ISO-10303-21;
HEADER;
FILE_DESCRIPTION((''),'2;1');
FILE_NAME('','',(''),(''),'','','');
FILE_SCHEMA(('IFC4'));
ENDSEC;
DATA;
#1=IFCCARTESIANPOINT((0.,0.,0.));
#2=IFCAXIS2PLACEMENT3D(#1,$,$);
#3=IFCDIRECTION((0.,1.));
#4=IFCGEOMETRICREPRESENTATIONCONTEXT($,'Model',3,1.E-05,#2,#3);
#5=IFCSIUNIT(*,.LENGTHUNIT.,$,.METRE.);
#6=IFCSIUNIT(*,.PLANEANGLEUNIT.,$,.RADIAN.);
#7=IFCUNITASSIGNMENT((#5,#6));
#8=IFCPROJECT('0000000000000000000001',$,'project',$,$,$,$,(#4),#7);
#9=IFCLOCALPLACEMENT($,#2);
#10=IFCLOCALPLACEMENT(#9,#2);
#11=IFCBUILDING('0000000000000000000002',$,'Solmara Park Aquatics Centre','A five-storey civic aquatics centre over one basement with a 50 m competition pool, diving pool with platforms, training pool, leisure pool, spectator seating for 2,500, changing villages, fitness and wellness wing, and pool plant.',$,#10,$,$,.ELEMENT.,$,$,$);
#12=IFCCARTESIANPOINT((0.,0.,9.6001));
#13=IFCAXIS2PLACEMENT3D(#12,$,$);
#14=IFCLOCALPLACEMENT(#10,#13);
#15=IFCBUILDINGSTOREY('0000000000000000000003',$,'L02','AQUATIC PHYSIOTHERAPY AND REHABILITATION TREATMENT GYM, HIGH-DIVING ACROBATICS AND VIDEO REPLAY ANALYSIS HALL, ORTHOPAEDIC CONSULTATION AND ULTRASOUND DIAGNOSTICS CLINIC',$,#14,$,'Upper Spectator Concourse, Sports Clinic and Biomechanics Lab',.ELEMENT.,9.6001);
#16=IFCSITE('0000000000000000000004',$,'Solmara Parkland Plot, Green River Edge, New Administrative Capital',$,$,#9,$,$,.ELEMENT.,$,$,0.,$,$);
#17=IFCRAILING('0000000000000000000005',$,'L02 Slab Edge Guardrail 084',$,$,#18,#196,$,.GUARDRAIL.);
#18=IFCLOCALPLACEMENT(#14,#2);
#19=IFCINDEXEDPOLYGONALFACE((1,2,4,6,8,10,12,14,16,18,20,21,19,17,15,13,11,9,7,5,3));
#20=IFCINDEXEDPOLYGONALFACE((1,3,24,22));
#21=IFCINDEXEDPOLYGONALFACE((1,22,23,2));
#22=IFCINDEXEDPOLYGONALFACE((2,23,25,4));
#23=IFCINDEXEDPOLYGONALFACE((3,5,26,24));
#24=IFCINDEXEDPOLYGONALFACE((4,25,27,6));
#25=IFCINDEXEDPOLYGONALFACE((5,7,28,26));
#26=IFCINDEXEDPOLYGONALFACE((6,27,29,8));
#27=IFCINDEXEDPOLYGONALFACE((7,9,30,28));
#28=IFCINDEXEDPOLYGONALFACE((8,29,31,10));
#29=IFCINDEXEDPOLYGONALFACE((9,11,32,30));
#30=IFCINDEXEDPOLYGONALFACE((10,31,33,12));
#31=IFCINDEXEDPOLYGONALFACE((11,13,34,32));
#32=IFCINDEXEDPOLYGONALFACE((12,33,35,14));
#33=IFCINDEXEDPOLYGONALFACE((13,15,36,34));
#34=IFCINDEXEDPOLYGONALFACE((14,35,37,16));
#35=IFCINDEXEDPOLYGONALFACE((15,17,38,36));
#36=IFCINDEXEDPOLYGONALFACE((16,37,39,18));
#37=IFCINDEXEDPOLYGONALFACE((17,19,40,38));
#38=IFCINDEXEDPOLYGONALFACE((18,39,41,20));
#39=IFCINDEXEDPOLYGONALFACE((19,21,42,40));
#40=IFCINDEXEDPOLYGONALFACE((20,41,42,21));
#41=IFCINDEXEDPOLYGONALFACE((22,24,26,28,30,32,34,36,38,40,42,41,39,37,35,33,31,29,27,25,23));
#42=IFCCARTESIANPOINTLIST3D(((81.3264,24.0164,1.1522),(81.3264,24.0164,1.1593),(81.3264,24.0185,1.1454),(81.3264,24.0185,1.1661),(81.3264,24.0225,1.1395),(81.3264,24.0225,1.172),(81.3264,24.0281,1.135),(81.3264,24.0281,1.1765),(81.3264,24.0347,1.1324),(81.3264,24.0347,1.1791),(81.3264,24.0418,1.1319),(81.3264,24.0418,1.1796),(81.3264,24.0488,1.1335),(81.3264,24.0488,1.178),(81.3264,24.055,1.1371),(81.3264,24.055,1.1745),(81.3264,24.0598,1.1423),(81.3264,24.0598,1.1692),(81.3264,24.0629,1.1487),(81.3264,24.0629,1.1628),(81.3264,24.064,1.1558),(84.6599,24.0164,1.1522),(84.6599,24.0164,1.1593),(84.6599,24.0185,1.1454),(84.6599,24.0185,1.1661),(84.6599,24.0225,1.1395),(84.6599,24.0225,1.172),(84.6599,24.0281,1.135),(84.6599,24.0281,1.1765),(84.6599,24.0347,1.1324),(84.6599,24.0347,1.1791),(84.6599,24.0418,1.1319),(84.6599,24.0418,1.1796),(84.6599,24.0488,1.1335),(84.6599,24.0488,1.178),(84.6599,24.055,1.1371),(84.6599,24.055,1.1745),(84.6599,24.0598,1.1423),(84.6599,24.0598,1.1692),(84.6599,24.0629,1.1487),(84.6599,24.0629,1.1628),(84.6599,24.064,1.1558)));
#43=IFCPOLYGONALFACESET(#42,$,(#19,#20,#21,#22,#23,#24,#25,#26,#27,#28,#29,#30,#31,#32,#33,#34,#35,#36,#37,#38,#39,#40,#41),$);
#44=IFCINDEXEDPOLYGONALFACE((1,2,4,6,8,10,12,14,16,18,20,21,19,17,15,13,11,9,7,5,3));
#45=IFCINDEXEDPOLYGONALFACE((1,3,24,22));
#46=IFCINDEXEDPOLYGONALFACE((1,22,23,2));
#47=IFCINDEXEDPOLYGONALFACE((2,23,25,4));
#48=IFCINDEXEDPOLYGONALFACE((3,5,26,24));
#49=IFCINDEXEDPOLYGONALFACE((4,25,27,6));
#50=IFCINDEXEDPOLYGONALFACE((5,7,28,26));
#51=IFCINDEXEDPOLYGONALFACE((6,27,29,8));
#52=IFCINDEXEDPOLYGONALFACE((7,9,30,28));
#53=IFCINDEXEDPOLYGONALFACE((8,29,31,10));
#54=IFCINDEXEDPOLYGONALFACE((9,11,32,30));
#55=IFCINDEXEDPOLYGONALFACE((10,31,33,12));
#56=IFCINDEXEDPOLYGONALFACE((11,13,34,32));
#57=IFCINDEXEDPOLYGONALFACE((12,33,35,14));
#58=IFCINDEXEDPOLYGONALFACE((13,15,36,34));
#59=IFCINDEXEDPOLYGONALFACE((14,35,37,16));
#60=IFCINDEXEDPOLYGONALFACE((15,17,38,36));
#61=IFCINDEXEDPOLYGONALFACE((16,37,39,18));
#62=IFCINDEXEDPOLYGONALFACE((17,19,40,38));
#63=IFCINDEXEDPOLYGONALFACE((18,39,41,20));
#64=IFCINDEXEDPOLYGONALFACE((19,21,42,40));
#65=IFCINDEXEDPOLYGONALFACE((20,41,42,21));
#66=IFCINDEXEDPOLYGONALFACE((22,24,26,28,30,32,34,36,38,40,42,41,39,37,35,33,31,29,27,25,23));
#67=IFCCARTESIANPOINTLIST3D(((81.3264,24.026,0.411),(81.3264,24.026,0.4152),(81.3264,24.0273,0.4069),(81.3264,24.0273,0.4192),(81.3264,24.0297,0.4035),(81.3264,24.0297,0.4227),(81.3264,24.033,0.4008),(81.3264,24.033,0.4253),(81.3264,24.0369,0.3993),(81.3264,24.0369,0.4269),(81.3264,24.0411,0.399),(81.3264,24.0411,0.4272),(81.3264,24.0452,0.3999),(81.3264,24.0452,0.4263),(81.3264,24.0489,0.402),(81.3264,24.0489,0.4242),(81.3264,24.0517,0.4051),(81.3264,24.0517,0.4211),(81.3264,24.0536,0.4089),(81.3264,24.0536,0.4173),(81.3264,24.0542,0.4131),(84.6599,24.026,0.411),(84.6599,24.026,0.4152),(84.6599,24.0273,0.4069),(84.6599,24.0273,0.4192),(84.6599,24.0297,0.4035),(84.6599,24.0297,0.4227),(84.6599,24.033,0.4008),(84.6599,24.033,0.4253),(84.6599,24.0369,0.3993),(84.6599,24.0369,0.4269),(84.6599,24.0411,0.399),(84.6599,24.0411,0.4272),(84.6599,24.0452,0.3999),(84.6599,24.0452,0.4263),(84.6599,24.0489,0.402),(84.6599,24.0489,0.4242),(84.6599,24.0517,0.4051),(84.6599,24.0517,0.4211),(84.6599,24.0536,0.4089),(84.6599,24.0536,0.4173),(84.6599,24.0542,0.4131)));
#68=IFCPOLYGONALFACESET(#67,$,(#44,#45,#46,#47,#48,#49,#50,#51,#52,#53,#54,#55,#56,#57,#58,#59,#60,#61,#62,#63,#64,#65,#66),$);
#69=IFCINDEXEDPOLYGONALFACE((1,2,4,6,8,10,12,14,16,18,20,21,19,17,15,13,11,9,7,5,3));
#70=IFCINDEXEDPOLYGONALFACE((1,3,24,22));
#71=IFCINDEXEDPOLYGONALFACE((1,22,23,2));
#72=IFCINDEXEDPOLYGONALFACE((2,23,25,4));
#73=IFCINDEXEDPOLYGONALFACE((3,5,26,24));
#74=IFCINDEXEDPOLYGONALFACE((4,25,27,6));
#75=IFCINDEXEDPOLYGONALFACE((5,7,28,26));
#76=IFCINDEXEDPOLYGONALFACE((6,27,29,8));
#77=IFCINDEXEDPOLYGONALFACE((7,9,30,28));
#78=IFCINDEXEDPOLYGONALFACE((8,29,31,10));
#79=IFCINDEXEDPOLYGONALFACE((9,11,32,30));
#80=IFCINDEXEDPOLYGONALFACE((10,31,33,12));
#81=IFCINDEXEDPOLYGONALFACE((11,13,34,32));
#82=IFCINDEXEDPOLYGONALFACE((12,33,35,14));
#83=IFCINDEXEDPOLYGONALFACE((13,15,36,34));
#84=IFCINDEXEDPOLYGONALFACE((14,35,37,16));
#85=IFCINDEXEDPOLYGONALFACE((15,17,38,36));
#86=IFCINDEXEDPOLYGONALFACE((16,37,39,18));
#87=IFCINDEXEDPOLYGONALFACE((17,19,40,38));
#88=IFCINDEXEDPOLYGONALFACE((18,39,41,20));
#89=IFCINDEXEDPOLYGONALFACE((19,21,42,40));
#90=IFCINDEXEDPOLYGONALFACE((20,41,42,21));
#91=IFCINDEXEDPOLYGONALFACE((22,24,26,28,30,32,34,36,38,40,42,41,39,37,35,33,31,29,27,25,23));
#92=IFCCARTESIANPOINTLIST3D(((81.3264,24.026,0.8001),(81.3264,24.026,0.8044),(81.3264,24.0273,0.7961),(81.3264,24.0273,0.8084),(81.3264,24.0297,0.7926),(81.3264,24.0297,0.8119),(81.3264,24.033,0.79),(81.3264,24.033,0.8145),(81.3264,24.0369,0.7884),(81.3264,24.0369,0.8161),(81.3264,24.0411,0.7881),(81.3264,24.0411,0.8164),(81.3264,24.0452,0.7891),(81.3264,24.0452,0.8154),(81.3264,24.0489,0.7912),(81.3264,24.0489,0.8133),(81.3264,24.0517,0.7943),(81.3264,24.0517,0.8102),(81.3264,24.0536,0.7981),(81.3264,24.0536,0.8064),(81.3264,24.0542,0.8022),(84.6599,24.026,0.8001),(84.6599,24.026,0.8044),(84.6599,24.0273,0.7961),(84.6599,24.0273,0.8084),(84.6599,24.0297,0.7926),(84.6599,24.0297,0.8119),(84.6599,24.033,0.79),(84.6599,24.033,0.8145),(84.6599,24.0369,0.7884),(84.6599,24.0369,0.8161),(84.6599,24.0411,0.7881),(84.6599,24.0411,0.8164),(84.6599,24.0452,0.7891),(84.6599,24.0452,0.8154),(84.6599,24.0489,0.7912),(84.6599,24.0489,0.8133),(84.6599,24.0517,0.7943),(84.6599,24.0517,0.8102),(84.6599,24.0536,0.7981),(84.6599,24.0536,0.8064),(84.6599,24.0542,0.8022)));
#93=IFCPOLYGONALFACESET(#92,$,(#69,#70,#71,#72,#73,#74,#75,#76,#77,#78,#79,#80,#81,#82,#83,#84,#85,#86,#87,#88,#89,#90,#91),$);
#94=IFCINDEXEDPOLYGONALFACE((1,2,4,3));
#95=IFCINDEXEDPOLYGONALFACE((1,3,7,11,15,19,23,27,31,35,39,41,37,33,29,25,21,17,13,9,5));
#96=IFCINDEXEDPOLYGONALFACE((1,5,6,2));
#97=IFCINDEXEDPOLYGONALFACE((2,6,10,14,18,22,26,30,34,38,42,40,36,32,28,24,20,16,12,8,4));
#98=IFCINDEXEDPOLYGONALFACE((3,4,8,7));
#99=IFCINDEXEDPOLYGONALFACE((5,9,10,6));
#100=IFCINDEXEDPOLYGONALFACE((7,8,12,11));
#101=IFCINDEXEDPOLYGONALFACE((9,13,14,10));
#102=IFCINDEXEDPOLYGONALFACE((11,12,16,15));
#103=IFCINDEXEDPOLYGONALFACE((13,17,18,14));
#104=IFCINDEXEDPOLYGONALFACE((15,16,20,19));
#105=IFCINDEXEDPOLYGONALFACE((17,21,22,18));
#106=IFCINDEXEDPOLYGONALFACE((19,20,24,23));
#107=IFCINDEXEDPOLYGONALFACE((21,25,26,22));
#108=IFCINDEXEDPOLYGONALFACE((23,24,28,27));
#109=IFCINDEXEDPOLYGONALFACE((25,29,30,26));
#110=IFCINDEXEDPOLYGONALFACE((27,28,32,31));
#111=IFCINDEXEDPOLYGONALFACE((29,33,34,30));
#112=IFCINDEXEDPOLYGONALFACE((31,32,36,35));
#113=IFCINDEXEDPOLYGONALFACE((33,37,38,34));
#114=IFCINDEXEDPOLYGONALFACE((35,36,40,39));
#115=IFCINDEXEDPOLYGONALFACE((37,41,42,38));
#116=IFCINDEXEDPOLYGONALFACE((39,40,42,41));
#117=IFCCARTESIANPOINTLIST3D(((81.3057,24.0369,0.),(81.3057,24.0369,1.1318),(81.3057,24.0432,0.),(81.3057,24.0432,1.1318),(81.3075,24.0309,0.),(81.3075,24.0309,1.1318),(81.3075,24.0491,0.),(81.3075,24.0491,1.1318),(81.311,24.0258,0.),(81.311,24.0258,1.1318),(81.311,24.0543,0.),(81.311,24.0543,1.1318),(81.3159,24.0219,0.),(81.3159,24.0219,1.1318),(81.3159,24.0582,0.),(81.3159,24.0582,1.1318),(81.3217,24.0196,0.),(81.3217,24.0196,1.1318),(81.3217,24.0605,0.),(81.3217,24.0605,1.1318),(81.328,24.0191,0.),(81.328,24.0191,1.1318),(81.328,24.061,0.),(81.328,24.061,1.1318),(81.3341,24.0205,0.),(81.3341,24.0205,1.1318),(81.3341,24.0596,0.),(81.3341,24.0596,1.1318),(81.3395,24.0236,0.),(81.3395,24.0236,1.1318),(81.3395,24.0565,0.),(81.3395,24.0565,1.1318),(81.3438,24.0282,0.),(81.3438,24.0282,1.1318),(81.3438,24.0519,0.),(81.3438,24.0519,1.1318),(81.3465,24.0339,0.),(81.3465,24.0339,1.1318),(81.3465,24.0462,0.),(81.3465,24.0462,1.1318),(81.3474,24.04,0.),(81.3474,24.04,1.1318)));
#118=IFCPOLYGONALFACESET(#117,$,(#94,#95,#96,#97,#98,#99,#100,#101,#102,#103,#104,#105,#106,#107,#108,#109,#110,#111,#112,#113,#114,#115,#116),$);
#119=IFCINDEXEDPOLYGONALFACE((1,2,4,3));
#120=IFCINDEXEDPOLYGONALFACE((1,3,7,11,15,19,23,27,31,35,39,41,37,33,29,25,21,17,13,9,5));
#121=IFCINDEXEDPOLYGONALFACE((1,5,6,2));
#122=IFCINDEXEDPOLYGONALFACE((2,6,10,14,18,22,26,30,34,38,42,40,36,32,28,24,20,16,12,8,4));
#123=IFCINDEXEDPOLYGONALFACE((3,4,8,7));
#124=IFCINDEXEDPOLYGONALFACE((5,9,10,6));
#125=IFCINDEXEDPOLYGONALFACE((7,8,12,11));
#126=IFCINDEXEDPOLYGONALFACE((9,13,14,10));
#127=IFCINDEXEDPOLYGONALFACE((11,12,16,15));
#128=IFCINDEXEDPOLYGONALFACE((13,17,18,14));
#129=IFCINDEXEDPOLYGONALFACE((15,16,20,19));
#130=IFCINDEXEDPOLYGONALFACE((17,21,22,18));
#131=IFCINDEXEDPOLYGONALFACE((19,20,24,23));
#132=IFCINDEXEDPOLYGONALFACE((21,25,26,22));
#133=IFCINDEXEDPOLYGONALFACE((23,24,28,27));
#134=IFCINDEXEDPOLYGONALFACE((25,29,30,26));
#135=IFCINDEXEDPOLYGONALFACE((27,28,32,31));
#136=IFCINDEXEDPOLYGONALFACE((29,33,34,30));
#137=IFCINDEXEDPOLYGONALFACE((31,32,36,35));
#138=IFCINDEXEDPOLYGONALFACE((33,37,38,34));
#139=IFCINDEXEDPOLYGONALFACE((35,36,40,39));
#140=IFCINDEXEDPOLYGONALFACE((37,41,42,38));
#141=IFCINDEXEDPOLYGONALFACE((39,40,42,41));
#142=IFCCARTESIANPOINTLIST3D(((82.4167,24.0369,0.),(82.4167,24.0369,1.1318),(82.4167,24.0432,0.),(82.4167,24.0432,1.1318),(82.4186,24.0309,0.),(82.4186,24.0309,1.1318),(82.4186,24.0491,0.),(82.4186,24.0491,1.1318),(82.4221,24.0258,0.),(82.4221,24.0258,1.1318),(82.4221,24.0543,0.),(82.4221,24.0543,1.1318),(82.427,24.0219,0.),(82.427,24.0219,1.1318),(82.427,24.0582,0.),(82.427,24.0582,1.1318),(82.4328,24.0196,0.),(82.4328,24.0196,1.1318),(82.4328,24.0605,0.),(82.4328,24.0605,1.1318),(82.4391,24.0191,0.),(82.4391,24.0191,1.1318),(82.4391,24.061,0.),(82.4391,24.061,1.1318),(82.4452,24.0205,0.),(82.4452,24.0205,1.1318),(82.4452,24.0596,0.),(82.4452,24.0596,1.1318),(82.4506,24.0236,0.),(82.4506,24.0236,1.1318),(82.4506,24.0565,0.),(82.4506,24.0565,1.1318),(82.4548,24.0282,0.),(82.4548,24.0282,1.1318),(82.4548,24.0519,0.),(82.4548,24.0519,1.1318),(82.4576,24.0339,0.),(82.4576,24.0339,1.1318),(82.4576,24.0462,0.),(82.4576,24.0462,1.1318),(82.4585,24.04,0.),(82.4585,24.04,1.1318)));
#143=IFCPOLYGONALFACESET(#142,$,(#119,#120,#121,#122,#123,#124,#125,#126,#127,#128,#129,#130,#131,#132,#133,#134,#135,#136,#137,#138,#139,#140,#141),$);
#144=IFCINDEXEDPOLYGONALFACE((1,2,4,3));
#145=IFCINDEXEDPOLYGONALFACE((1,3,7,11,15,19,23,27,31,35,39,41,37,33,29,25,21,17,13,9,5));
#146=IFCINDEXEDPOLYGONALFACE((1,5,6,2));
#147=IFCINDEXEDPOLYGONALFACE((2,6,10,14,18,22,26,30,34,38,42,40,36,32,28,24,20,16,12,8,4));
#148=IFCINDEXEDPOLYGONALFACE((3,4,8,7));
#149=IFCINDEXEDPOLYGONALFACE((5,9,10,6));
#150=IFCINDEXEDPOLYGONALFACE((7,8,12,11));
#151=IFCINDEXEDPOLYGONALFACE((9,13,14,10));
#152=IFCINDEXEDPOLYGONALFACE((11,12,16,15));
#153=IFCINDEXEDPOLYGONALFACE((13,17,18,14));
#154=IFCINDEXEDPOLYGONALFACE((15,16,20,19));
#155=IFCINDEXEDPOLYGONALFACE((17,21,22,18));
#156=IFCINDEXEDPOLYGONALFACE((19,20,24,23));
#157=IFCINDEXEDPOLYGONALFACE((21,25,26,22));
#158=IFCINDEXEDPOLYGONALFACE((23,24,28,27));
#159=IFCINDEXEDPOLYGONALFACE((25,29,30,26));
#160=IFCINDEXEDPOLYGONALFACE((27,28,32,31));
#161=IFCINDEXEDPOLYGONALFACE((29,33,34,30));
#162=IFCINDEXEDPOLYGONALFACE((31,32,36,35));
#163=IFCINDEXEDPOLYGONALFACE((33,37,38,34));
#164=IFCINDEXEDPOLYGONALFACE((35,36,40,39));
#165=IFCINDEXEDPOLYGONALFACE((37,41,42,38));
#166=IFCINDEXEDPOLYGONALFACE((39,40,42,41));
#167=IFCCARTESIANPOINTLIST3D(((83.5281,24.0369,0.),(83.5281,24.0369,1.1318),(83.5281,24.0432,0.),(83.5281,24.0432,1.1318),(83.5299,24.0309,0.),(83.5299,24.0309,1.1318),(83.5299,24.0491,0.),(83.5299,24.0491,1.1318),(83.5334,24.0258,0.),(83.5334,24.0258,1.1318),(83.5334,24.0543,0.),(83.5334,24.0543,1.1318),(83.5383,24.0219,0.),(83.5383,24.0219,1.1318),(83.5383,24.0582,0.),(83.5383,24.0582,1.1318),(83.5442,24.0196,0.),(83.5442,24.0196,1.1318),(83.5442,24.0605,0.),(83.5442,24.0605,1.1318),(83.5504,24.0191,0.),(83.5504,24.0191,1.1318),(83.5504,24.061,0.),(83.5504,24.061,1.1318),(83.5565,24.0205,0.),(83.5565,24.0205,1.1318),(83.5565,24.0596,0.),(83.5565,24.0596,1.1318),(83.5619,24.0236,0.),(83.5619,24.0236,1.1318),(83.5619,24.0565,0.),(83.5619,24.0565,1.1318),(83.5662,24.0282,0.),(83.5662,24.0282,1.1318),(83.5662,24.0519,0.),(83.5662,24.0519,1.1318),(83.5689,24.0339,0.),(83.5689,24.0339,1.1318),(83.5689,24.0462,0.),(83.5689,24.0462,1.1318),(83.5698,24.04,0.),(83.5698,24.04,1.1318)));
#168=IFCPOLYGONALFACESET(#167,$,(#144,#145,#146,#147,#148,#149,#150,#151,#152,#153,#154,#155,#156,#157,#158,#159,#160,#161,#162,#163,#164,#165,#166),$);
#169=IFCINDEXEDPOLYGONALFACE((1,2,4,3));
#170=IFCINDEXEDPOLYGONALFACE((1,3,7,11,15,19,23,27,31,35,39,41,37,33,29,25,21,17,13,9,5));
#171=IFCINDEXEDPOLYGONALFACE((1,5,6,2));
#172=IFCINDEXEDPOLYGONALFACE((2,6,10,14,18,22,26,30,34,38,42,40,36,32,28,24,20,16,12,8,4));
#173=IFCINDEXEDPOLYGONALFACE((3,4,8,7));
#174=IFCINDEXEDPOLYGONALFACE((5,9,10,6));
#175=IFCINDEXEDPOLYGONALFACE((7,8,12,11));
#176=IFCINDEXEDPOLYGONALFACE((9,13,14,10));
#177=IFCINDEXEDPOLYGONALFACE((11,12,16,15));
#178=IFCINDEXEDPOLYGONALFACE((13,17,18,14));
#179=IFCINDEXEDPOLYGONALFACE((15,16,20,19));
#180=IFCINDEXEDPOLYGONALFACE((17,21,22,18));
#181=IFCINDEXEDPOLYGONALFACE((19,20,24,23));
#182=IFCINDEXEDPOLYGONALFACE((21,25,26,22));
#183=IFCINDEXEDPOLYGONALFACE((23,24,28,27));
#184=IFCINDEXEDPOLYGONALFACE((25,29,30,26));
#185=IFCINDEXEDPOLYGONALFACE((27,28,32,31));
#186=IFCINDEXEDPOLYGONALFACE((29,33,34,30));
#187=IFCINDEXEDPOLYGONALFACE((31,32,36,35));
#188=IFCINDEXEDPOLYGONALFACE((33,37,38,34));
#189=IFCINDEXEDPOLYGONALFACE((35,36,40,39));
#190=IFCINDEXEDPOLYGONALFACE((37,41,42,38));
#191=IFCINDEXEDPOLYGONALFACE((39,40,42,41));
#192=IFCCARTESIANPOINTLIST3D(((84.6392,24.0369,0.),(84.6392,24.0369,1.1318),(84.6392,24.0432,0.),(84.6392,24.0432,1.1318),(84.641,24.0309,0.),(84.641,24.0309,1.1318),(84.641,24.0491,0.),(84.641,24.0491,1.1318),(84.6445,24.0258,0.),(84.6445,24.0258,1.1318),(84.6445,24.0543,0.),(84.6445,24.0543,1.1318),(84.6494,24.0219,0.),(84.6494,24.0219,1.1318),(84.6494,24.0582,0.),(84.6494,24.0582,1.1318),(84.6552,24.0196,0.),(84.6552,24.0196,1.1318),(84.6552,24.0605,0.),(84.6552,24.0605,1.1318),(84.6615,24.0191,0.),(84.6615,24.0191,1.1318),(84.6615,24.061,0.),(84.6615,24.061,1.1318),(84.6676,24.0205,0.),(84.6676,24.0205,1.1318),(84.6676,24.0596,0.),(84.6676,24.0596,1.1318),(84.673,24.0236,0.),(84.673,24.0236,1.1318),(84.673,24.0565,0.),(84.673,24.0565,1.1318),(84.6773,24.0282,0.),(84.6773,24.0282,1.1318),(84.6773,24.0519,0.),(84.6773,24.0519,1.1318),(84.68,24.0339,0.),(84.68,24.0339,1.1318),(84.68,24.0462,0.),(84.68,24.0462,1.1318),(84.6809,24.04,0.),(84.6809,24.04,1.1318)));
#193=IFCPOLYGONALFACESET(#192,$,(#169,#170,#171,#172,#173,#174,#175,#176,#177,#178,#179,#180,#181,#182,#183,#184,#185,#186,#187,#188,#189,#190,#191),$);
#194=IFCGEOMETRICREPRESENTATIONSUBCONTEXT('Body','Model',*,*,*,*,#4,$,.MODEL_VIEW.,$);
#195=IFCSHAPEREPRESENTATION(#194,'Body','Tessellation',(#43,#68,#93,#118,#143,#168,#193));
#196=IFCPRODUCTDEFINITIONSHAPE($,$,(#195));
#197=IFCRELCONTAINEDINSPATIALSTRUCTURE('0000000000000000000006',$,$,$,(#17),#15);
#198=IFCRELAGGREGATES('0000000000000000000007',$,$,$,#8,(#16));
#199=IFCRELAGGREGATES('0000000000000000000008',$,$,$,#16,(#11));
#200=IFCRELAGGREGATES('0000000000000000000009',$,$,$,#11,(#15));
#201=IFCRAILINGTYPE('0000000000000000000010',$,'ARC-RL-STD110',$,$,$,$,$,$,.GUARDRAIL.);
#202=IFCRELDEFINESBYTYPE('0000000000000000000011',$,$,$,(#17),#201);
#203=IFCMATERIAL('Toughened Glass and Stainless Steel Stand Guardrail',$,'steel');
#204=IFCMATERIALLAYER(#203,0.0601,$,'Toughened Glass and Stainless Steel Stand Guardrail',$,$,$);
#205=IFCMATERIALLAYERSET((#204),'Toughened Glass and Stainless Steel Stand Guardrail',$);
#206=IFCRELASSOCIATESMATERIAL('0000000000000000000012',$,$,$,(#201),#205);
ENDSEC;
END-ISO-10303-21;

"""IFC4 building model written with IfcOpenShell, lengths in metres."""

from ifc_helpers import new_model, si_unit, direction, frame, origin, origin_2d, place, context, subcontext, project, spatial, circle, extrude, material, layer, layer_set, type_object, element, save


model = new_model("IFC4")

# Units and contexts
model_context = context("Model", 3, precision=1e-05, world=origin(), true_north=direction((0.0, 1.0)))
body_context = subcontext(model_context, "Body", "Model", "MODEL_VIEW")
ifc_project = project(units=[si_unit("LENGTHUNIT", "METRE"), si_unit("PLANEANGLEUNIT", "RADIAN")], contexts=[model_context])

# Site, building, storey
site_placement = place(None, origin())
site = spatial("IfcSite", under=ifc_project, at=site_placement, Name="Solmara Parkland Plot, Green River Edge, New Administrative Capital", CompositionType="ELEMENT", RefElevation=0.0)
building_placement = place(site_placement, origin())
building = spatial("IfcBuilding", under=site, at=building_placement, Name="Solmara Park Aquatics Centre", Description="A five-storey civic aquatics centre over one basement with a 50 m competition pool, diving pool with platforms, training pool, leisure pool, spectator seating for 2,500, changing villages, fitness and wellness wing, and pool plant.", CompositionType="ELEMENT")
storey_placement = place(building_placement, frame((0.0, 0.0, 9.6001)))
storey = spatial("IfcBuildingStorey", under=building, at=storey_placement, Name="L02", Description="AQUATIC PHYSIOTHERAPY AND REHABILITATION TREATMENT GYM, HIGH-DIVING ACROBATICS AND VIDEO REPLAY ANALYSIS HALL, ORTHOPAEDIC CONSULTATION AND ULTRASOUND DIAGNOSTICS CLINIC", LongName="Upper Spectator Concourse, Sports Clinic and Biomechanics Lab", CompositionType="ELEMENT", Elevation=9.6001)

# Railing
ifc_material_1 = material(Name="Toughened Glass and Stainless Steel Stand Guardrail", Category="steel")
ifc_layer_1 = layer(ifc_material_1, 0.0601, Name="Toughened Glass and Stainless Steel Stand Guardrail")
ifc_layer_set_1 = layer_set([ifc_layer_1], Name="Toughened Glass and Stainless Steel Stand Guardrail")
railing_type = type_object("IfcRailingType", Name="ARC-RL-STD110", PredefinedType="GUARDRAIL", material=ifc_layer_set_1)
railing_1_placement = place(storey_placement, frame((81.3264, 24.04, 0.0)))
element("IfcRailing", 1, at=railing_1_placement, inside=storey, type_object=railing_type, Name="L02 Slab Edge Guardrail 084", PredefinedType="GUARDRAIL", context=body_context, shape_type="SweptSolid", body=[
    extrude(circle(Radius=0.0239, at=origin_2d()), frame((0.0, 0.0, 1.1558), z_axis=(1.0, 0.0, 0.0), x_axis=(0.0, 1.0, 0.0)), (0.0, 0.0, 1.0), 3.3335),
    extrude(circle(Radius=0.0142, at=origin_2d()), frame((0.0, 0.0, 0.4131), z_axis=(1.0, 0.0, 0.0), x_axis=(0.0, 1.0, 0.0)), (0.0, 0.0, 1.0), 3.3335),
    extrude(circle(Radius=0.0142, at=origin_2d()), frame((0.0, 0.0, 0.8022), z_axis=(1.0, 0.0, 0.0), x_axis=(0.0, 1.0, 0.0)), (0.0, 0.0, 1.0), 3.3335),
    extrude(circle(Radius=0.021, at=origin_2d()), origin(), (0.0, 0.0, 1.0), 1.1318),
    extrude(circle(Radius=0.021, at=origin_2d()), frame((1.1111, 0.0, 0.0)), (0.0, 0.0, 1.0), 1.1318),
    extrude(circle(Radius=0.021, at=origin_2d()), frame((2.2224, 0.0, 0.0)), (0.0, 0.0, 1.0), 1.1318),
    extrude(circle(Radius=0.021, at=origin_2d()), frame((3.3335, 0.0, 0.0)), (0.0, 0.0, 1.0), 1.1318),
])

save(model, "model.ifc")
